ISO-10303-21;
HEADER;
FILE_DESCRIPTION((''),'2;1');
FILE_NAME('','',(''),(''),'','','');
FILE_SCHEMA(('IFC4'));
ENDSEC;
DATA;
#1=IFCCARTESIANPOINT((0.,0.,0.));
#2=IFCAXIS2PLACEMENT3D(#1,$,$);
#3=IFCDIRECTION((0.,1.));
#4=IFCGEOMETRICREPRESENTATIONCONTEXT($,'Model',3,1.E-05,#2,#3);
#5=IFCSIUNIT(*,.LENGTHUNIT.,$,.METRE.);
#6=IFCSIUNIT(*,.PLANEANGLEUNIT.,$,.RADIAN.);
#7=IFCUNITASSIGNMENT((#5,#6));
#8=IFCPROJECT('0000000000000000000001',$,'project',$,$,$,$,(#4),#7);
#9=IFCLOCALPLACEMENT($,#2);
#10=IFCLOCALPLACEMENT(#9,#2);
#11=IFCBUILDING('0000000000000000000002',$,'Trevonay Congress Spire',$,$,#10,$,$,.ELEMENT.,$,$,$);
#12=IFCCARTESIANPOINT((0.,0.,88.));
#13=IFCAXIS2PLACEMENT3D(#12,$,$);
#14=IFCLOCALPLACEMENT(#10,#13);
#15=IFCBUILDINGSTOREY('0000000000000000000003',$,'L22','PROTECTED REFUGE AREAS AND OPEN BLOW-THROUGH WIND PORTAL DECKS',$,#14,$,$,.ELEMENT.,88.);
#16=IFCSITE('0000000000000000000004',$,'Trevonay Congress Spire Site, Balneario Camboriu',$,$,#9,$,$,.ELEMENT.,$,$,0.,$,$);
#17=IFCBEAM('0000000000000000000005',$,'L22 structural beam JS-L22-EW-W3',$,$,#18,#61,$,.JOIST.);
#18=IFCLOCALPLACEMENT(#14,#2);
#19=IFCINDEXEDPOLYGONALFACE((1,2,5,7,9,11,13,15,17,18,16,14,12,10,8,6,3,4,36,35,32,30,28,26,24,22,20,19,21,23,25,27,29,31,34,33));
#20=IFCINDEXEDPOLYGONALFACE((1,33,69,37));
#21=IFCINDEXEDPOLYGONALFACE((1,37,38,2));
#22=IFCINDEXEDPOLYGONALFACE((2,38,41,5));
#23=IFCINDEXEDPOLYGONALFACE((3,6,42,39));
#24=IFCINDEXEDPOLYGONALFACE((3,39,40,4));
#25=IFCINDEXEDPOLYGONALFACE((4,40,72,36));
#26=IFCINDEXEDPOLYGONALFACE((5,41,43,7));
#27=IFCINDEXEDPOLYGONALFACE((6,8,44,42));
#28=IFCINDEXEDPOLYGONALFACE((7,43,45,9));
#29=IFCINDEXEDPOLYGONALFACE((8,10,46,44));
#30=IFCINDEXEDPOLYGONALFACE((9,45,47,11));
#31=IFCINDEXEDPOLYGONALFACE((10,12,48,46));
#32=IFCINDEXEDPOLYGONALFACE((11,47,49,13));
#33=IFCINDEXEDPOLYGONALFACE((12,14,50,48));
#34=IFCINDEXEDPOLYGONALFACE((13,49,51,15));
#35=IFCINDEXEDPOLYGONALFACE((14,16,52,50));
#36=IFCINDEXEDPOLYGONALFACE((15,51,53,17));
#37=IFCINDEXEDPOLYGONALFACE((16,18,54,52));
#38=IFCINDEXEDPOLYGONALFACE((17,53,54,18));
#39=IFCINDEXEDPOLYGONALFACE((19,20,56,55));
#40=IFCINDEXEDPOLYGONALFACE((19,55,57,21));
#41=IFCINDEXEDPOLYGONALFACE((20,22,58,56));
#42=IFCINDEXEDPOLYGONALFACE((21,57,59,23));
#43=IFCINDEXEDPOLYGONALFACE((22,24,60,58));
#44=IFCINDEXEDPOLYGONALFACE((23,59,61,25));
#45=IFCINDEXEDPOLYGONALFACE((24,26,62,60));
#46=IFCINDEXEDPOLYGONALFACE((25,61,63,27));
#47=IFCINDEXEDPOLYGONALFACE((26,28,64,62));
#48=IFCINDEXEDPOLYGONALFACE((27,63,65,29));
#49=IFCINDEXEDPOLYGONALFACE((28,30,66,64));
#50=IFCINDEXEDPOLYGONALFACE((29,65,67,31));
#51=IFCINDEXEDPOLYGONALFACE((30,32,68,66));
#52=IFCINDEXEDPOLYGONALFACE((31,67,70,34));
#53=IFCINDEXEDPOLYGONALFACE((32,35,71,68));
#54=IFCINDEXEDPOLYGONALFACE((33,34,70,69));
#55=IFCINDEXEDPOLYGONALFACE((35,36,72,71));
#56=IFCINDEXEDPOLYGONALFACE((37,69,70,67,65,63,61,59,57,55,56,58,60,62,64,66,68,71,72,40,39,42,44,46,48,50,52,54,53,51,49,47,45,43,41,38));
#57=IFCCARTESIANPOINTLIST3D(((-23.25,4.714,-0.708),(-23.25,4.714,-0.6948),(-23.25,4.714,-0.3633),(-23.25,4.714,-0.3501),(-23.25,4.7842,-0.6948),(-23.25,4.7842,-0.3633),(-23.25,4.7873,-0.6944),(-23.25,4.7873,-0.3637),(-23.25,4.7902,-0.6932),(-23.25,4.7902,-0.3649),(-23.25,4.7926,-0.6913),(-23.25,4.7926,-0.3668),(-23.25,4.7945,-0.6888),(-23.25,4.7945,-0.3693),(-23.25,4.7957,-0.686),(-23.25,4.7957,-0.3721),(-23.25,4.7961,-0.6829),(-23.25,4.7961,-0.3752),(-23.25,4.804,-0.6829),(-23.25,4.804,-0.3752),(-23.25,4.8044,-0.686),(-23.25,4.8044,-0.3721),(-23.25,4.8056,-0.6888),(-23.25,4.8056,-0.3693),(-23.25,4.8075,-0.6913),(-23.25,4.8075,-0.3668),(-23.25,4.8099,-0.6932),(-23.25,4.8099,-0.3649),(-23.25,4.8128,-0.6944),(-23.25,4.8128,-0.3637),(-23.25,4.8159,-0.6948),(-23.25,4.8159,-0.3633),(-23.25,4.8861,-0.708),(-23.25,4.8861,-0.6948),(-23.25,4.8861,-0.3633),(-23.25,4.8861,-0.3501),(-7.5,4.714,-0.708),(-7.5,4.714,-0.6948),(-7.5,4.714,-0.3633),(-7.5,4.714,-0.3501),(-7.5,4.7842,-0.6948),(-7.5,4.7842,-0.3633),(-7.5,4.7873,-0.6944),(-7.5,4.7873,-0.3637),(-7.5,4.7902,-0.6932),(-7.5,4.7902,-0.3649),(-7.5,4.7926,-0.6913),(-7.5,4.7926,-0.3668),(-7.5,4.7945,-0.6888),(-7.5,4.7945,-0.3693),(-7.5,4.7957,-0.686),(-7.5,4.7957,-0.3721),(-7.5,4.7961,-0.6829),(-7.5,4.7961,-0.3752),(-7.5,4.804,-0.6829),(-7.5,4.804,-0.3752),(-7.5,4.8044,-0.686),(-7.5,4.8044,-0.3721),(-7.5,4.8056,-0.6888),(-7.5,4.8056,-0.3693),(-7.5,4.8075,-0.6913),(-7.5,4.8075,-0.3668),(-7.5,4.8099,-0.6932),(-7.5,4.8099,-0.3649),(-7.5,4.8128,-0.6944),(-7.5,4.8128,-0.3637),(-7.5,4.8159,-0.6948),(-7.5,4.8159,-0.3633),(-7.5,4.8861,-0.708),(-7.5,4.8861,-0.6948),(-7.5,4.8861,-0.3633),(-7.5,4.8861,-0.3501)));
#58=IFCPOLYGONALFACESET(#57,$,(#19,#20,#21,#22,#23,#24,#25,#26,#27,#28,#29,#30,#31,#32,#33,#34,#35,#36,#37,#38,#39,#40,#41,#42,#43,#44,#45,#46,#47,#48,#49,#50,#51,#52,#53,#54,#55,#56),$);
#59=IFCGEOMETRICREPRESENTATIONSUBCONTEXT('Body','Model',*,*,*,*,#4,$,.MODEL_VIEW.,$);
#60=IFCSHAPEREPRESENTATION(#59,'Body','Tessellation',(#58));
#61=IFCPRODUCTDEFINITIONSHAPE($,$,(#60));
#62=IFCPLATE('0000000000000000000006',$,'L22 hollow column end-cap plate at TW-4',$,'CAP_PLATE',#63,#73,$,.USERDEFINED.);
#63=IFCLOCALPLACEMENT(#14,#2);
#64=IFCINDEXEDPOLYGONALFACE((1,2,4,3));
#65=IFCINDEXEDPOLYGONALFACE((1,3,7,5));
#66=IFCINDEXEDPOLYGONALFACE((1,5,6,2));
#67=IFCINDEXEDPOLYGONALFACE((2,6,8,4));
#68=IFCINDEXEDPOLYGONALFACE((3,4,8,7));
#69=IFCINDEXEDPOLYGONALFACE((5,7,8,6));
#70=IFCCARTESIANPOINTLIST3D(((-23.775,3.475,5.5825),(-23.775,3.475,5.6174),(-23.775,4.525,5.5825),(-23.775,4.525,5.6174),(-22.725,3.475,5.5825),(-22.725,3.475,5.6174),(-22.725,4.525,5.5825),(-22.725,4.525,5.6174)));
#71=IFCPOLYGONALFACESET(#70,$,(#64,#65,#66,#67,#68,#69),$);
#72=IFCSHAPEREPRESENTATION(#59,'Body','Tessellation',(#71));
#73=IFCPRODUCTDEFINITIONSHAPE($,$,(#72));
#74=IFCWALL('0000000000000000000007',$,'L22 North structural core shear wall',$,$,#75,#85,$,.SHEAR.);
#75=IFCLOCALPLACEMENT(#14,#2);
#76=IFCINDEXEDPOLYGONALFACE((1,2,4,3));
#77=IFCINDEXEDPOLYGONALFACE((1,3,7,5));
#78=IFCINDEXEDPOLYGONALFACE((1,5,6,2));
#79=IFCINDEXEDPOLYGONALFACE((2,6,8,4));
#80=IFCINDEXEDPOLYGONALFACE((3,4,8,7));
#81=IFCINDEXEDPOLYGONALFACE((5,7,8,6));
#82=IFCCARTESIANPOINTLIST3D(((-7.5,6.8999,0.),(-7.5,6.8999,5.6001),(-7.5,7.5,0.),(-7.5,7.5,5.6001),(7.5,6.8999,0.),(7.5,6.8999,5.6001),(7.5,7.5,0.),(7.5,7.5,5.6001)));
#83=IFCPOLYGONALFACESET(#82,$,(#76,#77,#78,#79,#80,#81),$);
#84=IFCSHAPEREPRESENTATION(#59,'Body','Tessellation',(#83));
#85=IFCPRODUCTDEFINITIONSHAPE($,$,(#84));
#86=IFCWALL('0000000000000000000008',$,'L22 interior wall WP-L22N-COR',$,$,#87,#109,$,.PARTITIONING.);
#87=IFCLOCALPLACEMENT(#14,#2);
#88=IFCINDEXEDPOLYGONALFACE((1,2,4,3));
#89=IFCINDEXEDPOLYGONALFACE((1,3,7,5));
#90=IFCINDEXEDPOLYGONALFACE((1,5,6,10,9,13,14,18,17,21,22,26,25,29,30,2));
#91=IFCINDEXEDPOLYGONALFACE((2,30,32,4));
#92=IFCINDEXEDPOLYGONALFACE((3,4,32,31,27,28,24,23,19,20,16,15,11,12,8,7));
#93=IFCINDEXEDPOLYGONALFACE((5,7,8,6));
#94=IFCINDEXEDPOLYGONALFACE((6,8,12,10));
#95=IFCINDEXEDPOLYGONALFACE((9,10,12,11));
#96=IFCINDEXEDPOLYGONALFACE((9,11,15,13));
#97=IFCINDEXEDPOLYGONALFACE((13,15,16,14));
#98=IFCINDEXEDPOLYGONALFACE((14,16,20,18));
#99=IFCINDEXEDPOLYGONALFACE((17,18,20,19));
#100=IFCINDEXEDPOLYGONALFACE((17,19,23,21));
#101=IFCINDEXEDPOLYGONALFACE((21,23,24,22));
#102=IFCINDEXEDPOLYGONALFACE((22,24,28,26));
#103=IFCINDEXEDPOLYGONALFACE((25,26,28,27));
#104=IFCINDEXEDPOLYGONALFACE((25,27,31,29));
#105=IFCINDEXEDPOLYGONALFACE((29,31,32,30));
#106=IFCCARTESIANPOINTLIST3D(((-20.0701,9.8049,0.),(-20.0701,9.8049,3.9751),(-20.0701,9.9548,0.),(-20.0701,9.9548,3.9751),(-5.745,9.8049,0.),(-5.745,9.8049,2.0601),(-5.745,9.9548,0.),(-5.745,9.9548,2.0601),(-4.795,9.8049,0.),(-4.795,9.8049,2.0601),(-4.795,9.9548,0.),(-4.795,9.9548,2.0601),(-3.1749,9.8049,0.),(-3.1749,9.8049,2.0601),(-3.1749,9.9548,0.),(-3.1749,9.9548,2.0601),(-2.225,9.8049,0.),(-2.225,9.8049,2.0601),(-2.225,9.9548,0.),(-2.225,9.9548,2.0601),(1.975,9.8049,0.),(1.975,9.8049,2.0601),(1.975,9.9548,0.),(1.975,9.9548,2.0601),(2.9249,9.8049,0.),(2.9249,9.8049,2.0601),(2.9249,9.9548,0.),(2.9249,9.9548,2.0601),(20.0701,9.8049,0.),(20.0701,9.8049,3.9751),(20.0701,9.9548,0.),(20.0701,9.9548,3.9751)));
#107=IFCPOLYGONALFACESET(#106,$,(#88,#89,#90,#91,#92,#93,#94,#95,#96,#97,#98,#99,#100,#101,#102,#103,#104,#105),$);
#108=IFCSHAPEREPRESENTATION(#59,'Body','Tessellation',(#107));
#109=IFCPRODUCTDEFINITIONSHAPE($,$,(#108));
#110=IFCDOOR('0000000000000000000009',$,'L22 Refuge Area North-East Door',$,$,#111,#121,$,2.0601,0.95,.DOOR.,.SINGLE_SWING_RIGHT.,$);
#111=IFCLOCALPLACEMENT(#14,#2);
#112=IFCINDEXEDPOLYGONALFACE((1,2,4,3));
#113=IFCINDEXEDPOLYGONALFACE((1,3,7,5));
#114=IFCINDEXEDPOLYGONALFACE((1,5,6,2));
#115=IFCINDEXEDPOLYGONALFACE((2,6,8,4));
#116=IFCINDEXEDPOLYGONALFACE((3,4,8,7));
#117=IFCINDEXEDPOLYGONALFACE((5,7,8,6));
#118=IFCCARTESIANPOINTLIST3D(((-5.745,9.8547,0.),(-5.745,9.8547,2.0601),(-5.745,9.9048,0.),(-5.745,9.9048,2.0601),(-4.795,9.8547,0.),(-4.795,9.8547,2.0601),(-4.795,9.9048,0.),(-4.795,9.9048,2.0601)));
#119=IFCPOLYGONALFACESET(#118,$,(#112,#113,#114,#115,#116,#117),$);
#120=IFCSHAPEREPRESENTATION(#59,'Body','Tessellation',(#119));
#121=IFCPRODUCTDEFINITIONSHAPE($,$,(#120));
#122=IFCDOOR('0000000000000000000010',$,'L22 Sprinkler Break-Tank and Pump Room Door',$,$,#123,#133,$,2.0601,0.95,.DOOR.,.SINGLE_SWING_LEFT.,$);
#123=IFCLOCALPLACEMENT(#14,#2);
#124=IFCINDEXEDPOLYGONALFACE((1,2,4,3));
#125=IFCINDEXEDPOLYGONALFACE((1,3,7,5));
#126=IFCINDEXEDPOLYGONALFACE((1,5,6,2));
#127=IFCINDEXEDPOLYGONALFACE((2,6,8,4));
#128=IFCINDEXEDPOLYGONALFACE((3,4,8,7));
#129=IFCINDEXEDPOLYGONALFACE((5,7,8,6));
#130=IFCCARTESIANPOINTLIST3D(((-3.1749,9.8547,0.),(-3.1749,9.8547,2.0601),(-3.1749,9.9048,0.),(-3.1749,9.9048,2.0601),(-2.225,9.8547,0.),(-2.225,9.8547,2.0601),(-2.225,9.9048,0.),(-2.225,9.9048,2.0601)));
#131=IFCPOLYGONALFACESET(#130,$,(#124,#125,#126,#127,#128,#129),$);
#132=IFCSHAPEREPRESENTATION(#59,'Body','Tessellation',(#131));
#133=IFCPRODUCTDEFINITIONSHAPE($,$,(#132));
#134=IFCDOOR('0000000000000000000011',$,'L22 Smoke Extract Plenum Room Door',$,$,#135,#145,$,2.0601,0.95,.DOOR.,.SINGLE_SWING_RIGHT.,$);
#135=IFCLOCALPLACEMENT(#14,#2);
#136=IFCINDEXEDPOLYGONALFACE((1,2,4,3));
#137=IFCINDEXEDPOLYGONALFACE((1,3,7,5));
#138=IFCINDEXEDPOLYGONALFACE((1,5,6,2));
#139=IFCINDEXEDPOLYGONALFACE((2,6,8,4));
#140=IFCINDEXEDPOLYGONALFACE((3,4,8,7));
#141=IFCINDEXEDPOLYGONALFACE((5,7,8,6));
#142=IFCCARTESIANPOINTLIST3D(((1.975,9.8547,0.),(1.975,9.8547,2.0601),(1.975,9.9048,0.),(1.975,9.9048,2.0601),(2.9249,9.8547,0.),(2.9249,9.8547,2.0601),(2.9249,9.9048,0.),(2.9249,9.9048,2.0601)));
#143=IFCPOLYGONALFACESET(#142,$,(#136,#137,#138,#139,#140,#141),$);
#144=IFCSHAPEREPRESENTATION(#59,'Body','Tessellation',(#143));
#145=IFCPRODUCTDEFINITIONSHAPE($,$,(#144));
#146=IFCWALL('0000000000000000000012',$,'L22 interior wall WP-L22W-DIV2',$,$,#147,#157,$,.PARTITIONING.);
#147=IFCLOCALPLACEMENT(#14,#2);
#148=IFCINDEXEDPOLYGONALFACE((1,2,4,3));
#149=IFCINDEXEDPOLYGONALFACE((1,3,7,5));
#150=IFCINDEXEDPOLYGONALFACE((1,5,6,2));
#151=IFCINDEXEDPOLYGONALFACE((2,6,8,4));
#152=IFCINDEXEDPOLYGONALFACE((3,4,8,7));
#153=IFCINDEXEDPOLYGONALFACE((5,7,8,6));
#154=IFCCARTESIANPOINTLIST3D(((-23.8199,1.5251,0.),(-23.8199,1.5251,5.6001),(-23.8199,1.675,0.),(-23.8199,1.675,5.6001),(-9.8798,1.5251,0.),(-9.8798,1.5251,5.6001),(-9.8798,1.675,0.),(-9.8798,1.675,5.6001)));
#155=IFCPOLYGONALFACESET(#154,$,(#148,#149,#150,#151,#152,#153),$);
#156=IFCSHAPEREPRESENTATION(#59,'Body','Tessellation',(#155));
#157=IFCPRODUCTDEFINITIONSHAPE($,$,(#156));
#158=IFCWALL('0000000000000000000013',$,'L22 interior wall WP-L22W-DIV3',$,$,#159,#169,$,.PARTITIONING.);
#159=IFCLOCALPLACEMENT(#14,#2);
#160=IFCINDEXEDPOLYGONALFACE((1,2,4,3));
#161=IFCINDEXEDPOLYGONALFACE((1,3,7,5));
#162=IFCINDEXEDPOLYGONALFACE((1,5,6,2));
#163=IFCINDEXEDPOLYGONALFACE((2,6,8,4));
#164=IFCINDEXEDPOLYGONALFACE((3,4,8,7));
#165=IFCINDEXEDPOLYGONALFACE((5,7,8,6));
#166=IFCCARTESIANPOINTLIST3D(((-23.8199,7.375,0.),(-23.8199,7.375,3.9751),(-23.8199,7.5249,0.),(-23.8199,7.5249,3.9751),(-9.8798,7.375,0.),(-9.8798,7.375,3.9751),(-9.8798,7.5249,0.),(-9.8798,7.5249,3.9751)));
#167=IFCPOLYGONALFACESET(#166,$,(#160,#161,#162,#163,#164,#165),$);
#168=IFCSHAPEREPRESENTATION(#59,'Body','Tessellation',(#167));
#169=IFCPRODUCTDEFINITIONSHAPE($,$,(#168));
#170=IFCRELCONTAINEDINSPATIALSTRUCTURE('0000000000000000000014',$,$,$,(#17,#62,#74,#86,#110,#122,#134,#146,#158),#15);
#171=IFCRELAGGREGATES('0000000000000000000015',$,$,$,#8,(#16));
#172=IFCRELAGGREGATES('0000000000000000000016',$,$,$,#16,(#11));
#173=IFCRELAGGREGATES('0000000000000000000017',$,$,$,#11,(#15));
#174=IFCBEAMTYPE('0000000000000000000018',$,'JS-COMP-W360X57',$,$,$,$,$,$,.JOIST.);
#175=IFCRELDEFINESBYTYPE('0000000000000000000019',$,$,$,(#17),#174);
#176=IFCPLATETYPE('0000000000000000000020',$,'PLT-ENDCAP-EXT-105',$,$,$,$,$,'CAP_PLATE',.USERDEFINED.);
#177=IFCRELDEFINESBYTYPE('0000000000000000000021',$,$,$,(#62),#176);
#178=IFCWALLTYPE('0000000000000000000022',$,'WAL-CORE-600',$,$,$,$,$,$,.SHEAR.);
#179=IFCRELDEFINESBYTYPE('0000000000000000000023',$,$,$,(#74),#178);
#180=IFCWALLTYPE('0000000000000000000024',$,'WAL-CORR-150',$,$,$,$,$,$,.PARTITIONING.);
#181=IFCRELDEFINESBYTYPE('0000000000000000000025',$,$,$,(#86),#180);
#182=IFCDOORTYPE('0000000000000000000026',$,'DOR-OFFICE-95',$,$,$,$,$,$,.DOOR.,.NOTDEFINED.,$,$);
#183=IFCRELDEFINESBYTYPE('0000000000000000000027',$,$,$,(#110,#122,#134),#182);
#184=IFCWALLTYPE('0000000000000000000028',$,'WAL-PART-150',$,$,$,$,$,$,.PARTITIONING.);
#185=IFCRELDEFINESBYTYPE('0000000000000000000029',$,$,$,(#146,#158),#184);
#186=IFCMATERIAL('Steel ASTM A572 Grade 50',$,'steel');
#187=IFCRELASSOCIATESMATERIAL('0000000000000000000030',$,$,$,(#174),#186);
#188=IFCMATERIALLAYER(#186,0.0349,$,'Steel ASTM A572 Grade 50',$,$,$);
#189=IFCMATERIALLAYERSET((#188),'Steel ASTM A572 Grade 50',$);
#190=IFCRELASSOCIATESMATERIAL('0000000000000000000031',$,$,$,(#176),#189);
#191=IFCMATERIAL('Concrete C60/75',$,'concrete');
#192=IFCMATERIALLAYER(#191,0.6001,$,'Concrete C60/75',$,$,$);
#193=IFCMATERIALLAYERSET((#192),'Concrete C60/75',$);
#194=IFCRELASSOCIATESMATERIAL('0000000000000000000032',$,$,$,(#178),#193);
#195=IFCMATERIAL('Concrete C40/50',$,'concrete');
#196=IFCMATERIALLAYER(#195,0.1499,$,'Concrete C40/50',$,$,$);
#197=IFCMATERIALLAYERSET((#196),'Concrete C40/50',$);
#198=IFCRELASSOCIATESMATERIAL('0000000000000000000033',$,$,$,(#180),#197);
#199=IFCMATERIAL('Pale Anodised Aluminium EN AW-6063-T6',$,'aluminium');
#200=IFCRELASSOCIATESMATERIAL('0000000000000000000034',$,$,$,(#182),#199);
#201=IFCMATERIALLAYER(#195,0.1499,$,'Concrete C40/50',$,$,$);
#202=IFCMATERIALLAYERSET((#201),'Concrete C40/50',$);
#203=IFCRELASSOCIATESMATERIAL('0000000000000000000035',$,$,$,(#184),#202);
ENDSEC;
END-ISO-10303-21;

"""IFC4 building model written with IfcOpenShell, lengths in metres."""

from ifc_helpers import new_model, si_unit, direction, frame, frame_2d, origin, origin_2d, place, context, subcontext, project, spatial, rectangle, i_section, extrude, material, layer, layer_set, material_profile, profile_set, type_object, element, fill, save


model = new_model("IFC4")

# Units and contexts
model_context = context("Model", 3, precision=1e-05, world=origin(), true_north=direction((0.0, 1.0)))
body_context = subcontext(model_context, "Body", "Model", "MODEL_VIEW")
ifc_project = project(units=[si_unit("LENGTHUNIT", "METRE"), si_unit("PLANEANGLEUNIT", "RADIAN")], contexts=[model_context])

# Site, building, storey
site_placement = place(None, origin())
site = spatial("IfcSite", under=ifc_project, at=site_placement, Name="Trevonay Congress Spire Site, Balneario Camboriu", CompositionType="ELEMENT", RefElevation=0.0)
building_placement = place(site_placement, origin())
building = spatial("IfcBuilding", under=site, at=building_placement, Name="Trevonay Congress Spire", CompositionType="ELEMENT")
storey_placement = place(building_placement, frame((0.0, 0.0, 88.0)))
storey = spatial("IfcBuildingStorey", under=building, at=storey_placement, Name="L22", Description="PROTECTED REFUGE AREAS AND OPEN BLOW-THROUGH WIND PORTAL DECKS", CompositionType="ELEMENT", Elevation=88.0)

# Shared definitions
ifc_material_1 = material(Name="Steel ASTM A572 Grade 50", Category="steel")

# Beam
ifc_material_profile_1 = material_profile(ifc_material_1, i_section(OverallWidth=0.1721, OverallDepth=0.3579, WebThickness=0.0078, FlangeThickness=0.0132, FilletRadius=0.012, at=origin_2d()), Name="W360x57.8")
ifc_profile_set_1 = profile_set([ifc_material_profile_1], Name="Steel ASTM A572 Grade 50")
beam_type_1 = type_object("IfcBeamType", Name="JS-COMP-W360X57", PredefinedType="JOIST", material=ifc_profile_set_1)
for number, where, z_axis, x_axis, name in (
    (1, (-23.25, 4.8, -0.5291), (1.0, 0.0, 0.0), (0.0, 1.0, 0.0), "L22 structural beam JS-L22-EW-W3"),
):
    element("IfcBeam", number, at=place(storey_placement, frame(where, z_axis=z_axis, x_axis=x_axis)), inside=storey, type_object=beam_type_1, Name=name, PredefinedType="JOIST", context=body_context, shape_type="SweptSolid", body=[
        extrude(i_section(OverallWidth=0.1721, OverallDepth=0.3579, WebThickness=0.0078, FlangeThickness=0.0132, FilletRadius=0.012, at=origin_2d()), origin(), (0.0, 0.0, 1.0), 15.75),
    ])

# Plate
ifc_layer_1 = layer(ifc_material_1, 0.0349, Name="Steel ASTM A572 Grade 50")
ifc_layer_set_1 = layer_set([ifc_layer_1], Name="Steel ASTM A572 Grade 50")
plate_type = type_object("IfcPlateType", Name="PLT-ENDCAP-EXT-105", ElementType="CAP_PLATE", PredefinedType="USERDEFINED", material=ifc_layer_set_1)
plate_placement = place(storey_placement, frame((-23.25, 4.0, 5.5825), z_axis=(0.0, 0.0, 1.0), x_axis=(1.0, 0.0, 0.0)))
element("IfcPlate", 2, at=plate_placement, inside=storey, type_object=plate_type, Name="L22 hollow column end-cap plate at TW-4", ObjectType="CAP_PLATE", PredefinedType="USERDEFINED", context=body_context, shape_type="SweptSolid", body=[
    extrude(rectangle(XDim=1.05, YDim=1.05, at=origin_2d()), origin(), (0.0, 0.0, 1.0), 0.0349),
])

# Wall
ifc_material_2 = material(Name="Concrete C60/75", Category="concrete")
ifc_layer_2 = layer(ifc_material_2, 0.6001, Name="Concrete C60/75")
ifc_layer_set_2 = layer_set([ifc_layer_2], Name="Concrete C60/75")
wall_type_1 = type_object("IfcWallType", Name="WAL-CORE-600", PredefinedType="SHEAR", material=ifc_layer_set_2)
wall_1_placement = place(storey_placement, frame((-7.5, 7.2, 0.0), z_axis=(0.0, 0.0, 1.0), x_axis=(1.0, 0.0, 0.0)))
element("IfcWall", 3, at=wall_1_placement, inside=storey, type_object=wall_type_1, Name="L22 North structural core shear wall", PredefinedType="SHEAR", context=body_context, shape_type="SweptSolid", body=[
    extrude(rectangle(XDim=15.0, YDim=0.6001, at=frame_2d((7.5, 0.0))), origin(), (0.0, 0.0, 1.0), 5.6001),
])

# Wall, openings, doors
ifc_material_3 = material(Name="Concrete C40/50", Category="concrete")
ifc_layer_3 = layer(ifc_material_3, 0.1499, Name="Concrete C40/50")
ifc_layer_set_3 = layer_set([ifc_layer_3], Name="Concrete C40/50")
wall_type_2 = type_object("IfcWallType", Name="WAL-CORR-150", PredefinedType="PARTITIONING", material=ifc_layer_set_3)
wall_2_placement = place(storey_placement, frame((-20.0701, 9.8799, 0.0), z_axis=(0.0, 0.0, 1.0), x_axis=(1.0, 0.0, 0.0)))
wall_2 = element("IfcWall", 4, at=wall_2_placement, inside=storey, type_object=wall_type_2, Name="L22 interior wall WP-L22N-COR", PredefinedType="PARTITIONING", context=body_context, shape_type="SweptSolid", body=[
    extrude(rectangle(XDim=40.1401, YDim=0.1499, at=frame_2d((20.0701, 0.0))), origin(), (0.0, 0.0, 1.0), 3.9751),
])
opening_1_placement = place(wall_2_placement, frame((14.325, 0.0, 0.0)))
opening_1 = element("IfcOpeningElement", 5, at=opening_1_placement, cuts=wall_2, PredefinedType="OPENING", context=body_context, shape_type="SweptSolid", body=[
    extrude(rectangle(XDim=0.95, YDim=2.0601, at=frame_2d((0.4751, 1.03))), frame((0.0, 0.085, 0.0), z_axis=(0.0, -1.0, 0.0), x_axis=(1.0, 0.0, 0.0)), (0.0, 0.0, 1.0), 0.1699),
])
opening_2_placement = place(wall_2_placement, frame((16.895, 0.0, 0.0)))
opening_2 = element("IfcOpeningElement", 6, at=opening_2_placement, cuts=wall_2, PredefinedType="OPENING", context=body_context, shape_type="SweptSolid", body=[
    extrude(rectangle(XDim=0.95, YDim=2.0601, at=frame_2d((0.4751, 1.03))), frame((0.0, 0.085, 0.0), z_axis=(0.0, -1.0, 0.0), x_axis=(1.0, 0.0, 0.0)), (0.0, 0.0, 1.0), 0.1699),
])
opening_3_placement = place(wall_2_placement, frame((22.0449, 0.0, 0.0)))
opening_3 = element("IfcOpeningElement", 7, at=opening_3_placement, cuts=wall_2, PredefinedType="OPENING", context=body_context, shape_type="SweptSolid", body=[
    extrude(rectangle(XDim=0.95, YDim=2.0601, at=frame_2d((0.4751, 1.03))), frame((0.0, 0.085, 0.0), z_axis=(0.0, -1.0, 0.0), x_axis=(1.0, 0.0, 0.0)), (0.0, 0.0, 1.0), 0.1699),
])
ifc_material_4 = material(Name="Pale Anodised Aluminium EN AW-6063-T6", Category="aluminium")
door_type = type_object("IfcDoorType", Name="DOR-OFFICE-95", OperationType="NOTDEFINED", PredefinedType="DOOR", material=ifc_material_4)
door_1_placement = place(opening_1_placement, origin())
door_1 = element("IfcDoor", 8, at=door_1_placement, inside=storey, type_object=door_type, Name="L22 Refuge Area North-East Door", OperationType="SINGLE_SWING_RIGHT", OverallHeight=2.0601, OverallWidth=0.95, PredefinedType="DOOR", context=body_context, shape_type="SweptSolid", body=[
    extrude(rectangle(XDim=0.95, YDim=2.0601, at=frame_2d((0.4751, 1.03))), frame((0.0, 0.0249, 0.0), z_axis=(0.0, -1.0, 0.0), x_axis=(1.0, 0.0, 0.0)), (0.0, 0.0, 1.0), 0.05),
])
fill(opening_1, door_1)
door_2_placement = place(opening_2_placement, origin())
door_2 = element("IfcDoor", 9, at=door_2_placement, inside=storey, type_object=door_type, Name="L22 Sprinkler Break-Tank and Pump Room Door", OperationType="SINGLE_SWING_LEFT", OverallHeight=2.0601, OverallWidth=0.95, PredefinedType="DOOR", context=body_context, shape_type="SweptSolid", body=[
    extrude(rectangle(XDim=0.95, YDim=2.0601, at=frame_2d((0.4751, 1.03))), frame((0.0, 0.0249, 0.0), z_axis=(0.0, -1.0, 0.0), x_axis=(1.0, 0.0, 0.0)), (0.0, 0.0, 1.0), 0.05),
])
fill(opening_2, door_2)
door_3_placement = place(opening_3_placement, origin())
door_3 = element("IfcDoor", 10, at=door_3_placement, inside=storey, type_object=door_type, Name="L22 Smoke Extract Plenum Room Door", OperationType="SINGLE_SWING_RIGHT", OverallHeight=2.0601, OverallWidth=0.95, PredefinedType="DOOR", context=body_context, shape_type="SweptSolid", body=[
    extrude(rectangle(XDim=0.95, YDim=2.0601, at=frame_2d((0.4751, 1.03))), frame((0.0, 0.0249, 0.0), z_axis=(0.0, -1.0, 0.0), x_axis=(1.0, 0.0, 0.0)), (0.0, 0.0, 1.0), 0.05),
])
fill(opening_3, door_3)

# Walls
ifc_layer_4 = layer(ifc_material_3, 0.1499, Name="Concrete C40/50")
ifc_layer_set_4 = layer_set([ifc_layer_4], Name="Concrete C40/50")
wall_type_3 = type_object("IfcWallType", Name="WAL-PART-150", PredefinedType="PARTITIONING", material=ifc_layer_set_4)
wall_3_placement = place(storey_placement, frame((-23.8201, 1.6001, 0.0), z_axis=(0.0, 0.0, 1.0), x_axis=(1.0, 0.0, 0.0)))
element("IfcWall", 11, at=wall_3_placement, inside=storey, type_object=wall_type_3, Name="L22 interior wall WP-L22W-DIV2", PredefinedType="PARTITIONING", context=body_context, shape_type="SweptSolid", body=[
    extrude(rectangle(XDim=13.9402, YDim=0.1499, at=frame_2d((6.9702, 0.0))), origin(), (0.0, 0.0, 1.0), 5.6001),
])
wall_4_placement = place(storey_placement, frame((-23.8201, 7.45, 0.0), z_axis=(0.0, 0.0, 1.0), x_axis=(1.0, 0.0, 0.0)))
element("IfcWall", 12, at=wall_4_placement, inside=storey, type_object=wall_type_3, Name="L22 interior wall WP-L22W-DIV3", PredefinedType="PARTITIONING", context=body_context, shape_type="SweptSolid", body=[
    extrude(rectangle(XDim=13.9402, YDim=0.1499, at=frame_2d((6.9702, 0.0))), origin(), (0.0, 0.0, 1.0), 3.9751),
])

save(model, "model.ifc")
